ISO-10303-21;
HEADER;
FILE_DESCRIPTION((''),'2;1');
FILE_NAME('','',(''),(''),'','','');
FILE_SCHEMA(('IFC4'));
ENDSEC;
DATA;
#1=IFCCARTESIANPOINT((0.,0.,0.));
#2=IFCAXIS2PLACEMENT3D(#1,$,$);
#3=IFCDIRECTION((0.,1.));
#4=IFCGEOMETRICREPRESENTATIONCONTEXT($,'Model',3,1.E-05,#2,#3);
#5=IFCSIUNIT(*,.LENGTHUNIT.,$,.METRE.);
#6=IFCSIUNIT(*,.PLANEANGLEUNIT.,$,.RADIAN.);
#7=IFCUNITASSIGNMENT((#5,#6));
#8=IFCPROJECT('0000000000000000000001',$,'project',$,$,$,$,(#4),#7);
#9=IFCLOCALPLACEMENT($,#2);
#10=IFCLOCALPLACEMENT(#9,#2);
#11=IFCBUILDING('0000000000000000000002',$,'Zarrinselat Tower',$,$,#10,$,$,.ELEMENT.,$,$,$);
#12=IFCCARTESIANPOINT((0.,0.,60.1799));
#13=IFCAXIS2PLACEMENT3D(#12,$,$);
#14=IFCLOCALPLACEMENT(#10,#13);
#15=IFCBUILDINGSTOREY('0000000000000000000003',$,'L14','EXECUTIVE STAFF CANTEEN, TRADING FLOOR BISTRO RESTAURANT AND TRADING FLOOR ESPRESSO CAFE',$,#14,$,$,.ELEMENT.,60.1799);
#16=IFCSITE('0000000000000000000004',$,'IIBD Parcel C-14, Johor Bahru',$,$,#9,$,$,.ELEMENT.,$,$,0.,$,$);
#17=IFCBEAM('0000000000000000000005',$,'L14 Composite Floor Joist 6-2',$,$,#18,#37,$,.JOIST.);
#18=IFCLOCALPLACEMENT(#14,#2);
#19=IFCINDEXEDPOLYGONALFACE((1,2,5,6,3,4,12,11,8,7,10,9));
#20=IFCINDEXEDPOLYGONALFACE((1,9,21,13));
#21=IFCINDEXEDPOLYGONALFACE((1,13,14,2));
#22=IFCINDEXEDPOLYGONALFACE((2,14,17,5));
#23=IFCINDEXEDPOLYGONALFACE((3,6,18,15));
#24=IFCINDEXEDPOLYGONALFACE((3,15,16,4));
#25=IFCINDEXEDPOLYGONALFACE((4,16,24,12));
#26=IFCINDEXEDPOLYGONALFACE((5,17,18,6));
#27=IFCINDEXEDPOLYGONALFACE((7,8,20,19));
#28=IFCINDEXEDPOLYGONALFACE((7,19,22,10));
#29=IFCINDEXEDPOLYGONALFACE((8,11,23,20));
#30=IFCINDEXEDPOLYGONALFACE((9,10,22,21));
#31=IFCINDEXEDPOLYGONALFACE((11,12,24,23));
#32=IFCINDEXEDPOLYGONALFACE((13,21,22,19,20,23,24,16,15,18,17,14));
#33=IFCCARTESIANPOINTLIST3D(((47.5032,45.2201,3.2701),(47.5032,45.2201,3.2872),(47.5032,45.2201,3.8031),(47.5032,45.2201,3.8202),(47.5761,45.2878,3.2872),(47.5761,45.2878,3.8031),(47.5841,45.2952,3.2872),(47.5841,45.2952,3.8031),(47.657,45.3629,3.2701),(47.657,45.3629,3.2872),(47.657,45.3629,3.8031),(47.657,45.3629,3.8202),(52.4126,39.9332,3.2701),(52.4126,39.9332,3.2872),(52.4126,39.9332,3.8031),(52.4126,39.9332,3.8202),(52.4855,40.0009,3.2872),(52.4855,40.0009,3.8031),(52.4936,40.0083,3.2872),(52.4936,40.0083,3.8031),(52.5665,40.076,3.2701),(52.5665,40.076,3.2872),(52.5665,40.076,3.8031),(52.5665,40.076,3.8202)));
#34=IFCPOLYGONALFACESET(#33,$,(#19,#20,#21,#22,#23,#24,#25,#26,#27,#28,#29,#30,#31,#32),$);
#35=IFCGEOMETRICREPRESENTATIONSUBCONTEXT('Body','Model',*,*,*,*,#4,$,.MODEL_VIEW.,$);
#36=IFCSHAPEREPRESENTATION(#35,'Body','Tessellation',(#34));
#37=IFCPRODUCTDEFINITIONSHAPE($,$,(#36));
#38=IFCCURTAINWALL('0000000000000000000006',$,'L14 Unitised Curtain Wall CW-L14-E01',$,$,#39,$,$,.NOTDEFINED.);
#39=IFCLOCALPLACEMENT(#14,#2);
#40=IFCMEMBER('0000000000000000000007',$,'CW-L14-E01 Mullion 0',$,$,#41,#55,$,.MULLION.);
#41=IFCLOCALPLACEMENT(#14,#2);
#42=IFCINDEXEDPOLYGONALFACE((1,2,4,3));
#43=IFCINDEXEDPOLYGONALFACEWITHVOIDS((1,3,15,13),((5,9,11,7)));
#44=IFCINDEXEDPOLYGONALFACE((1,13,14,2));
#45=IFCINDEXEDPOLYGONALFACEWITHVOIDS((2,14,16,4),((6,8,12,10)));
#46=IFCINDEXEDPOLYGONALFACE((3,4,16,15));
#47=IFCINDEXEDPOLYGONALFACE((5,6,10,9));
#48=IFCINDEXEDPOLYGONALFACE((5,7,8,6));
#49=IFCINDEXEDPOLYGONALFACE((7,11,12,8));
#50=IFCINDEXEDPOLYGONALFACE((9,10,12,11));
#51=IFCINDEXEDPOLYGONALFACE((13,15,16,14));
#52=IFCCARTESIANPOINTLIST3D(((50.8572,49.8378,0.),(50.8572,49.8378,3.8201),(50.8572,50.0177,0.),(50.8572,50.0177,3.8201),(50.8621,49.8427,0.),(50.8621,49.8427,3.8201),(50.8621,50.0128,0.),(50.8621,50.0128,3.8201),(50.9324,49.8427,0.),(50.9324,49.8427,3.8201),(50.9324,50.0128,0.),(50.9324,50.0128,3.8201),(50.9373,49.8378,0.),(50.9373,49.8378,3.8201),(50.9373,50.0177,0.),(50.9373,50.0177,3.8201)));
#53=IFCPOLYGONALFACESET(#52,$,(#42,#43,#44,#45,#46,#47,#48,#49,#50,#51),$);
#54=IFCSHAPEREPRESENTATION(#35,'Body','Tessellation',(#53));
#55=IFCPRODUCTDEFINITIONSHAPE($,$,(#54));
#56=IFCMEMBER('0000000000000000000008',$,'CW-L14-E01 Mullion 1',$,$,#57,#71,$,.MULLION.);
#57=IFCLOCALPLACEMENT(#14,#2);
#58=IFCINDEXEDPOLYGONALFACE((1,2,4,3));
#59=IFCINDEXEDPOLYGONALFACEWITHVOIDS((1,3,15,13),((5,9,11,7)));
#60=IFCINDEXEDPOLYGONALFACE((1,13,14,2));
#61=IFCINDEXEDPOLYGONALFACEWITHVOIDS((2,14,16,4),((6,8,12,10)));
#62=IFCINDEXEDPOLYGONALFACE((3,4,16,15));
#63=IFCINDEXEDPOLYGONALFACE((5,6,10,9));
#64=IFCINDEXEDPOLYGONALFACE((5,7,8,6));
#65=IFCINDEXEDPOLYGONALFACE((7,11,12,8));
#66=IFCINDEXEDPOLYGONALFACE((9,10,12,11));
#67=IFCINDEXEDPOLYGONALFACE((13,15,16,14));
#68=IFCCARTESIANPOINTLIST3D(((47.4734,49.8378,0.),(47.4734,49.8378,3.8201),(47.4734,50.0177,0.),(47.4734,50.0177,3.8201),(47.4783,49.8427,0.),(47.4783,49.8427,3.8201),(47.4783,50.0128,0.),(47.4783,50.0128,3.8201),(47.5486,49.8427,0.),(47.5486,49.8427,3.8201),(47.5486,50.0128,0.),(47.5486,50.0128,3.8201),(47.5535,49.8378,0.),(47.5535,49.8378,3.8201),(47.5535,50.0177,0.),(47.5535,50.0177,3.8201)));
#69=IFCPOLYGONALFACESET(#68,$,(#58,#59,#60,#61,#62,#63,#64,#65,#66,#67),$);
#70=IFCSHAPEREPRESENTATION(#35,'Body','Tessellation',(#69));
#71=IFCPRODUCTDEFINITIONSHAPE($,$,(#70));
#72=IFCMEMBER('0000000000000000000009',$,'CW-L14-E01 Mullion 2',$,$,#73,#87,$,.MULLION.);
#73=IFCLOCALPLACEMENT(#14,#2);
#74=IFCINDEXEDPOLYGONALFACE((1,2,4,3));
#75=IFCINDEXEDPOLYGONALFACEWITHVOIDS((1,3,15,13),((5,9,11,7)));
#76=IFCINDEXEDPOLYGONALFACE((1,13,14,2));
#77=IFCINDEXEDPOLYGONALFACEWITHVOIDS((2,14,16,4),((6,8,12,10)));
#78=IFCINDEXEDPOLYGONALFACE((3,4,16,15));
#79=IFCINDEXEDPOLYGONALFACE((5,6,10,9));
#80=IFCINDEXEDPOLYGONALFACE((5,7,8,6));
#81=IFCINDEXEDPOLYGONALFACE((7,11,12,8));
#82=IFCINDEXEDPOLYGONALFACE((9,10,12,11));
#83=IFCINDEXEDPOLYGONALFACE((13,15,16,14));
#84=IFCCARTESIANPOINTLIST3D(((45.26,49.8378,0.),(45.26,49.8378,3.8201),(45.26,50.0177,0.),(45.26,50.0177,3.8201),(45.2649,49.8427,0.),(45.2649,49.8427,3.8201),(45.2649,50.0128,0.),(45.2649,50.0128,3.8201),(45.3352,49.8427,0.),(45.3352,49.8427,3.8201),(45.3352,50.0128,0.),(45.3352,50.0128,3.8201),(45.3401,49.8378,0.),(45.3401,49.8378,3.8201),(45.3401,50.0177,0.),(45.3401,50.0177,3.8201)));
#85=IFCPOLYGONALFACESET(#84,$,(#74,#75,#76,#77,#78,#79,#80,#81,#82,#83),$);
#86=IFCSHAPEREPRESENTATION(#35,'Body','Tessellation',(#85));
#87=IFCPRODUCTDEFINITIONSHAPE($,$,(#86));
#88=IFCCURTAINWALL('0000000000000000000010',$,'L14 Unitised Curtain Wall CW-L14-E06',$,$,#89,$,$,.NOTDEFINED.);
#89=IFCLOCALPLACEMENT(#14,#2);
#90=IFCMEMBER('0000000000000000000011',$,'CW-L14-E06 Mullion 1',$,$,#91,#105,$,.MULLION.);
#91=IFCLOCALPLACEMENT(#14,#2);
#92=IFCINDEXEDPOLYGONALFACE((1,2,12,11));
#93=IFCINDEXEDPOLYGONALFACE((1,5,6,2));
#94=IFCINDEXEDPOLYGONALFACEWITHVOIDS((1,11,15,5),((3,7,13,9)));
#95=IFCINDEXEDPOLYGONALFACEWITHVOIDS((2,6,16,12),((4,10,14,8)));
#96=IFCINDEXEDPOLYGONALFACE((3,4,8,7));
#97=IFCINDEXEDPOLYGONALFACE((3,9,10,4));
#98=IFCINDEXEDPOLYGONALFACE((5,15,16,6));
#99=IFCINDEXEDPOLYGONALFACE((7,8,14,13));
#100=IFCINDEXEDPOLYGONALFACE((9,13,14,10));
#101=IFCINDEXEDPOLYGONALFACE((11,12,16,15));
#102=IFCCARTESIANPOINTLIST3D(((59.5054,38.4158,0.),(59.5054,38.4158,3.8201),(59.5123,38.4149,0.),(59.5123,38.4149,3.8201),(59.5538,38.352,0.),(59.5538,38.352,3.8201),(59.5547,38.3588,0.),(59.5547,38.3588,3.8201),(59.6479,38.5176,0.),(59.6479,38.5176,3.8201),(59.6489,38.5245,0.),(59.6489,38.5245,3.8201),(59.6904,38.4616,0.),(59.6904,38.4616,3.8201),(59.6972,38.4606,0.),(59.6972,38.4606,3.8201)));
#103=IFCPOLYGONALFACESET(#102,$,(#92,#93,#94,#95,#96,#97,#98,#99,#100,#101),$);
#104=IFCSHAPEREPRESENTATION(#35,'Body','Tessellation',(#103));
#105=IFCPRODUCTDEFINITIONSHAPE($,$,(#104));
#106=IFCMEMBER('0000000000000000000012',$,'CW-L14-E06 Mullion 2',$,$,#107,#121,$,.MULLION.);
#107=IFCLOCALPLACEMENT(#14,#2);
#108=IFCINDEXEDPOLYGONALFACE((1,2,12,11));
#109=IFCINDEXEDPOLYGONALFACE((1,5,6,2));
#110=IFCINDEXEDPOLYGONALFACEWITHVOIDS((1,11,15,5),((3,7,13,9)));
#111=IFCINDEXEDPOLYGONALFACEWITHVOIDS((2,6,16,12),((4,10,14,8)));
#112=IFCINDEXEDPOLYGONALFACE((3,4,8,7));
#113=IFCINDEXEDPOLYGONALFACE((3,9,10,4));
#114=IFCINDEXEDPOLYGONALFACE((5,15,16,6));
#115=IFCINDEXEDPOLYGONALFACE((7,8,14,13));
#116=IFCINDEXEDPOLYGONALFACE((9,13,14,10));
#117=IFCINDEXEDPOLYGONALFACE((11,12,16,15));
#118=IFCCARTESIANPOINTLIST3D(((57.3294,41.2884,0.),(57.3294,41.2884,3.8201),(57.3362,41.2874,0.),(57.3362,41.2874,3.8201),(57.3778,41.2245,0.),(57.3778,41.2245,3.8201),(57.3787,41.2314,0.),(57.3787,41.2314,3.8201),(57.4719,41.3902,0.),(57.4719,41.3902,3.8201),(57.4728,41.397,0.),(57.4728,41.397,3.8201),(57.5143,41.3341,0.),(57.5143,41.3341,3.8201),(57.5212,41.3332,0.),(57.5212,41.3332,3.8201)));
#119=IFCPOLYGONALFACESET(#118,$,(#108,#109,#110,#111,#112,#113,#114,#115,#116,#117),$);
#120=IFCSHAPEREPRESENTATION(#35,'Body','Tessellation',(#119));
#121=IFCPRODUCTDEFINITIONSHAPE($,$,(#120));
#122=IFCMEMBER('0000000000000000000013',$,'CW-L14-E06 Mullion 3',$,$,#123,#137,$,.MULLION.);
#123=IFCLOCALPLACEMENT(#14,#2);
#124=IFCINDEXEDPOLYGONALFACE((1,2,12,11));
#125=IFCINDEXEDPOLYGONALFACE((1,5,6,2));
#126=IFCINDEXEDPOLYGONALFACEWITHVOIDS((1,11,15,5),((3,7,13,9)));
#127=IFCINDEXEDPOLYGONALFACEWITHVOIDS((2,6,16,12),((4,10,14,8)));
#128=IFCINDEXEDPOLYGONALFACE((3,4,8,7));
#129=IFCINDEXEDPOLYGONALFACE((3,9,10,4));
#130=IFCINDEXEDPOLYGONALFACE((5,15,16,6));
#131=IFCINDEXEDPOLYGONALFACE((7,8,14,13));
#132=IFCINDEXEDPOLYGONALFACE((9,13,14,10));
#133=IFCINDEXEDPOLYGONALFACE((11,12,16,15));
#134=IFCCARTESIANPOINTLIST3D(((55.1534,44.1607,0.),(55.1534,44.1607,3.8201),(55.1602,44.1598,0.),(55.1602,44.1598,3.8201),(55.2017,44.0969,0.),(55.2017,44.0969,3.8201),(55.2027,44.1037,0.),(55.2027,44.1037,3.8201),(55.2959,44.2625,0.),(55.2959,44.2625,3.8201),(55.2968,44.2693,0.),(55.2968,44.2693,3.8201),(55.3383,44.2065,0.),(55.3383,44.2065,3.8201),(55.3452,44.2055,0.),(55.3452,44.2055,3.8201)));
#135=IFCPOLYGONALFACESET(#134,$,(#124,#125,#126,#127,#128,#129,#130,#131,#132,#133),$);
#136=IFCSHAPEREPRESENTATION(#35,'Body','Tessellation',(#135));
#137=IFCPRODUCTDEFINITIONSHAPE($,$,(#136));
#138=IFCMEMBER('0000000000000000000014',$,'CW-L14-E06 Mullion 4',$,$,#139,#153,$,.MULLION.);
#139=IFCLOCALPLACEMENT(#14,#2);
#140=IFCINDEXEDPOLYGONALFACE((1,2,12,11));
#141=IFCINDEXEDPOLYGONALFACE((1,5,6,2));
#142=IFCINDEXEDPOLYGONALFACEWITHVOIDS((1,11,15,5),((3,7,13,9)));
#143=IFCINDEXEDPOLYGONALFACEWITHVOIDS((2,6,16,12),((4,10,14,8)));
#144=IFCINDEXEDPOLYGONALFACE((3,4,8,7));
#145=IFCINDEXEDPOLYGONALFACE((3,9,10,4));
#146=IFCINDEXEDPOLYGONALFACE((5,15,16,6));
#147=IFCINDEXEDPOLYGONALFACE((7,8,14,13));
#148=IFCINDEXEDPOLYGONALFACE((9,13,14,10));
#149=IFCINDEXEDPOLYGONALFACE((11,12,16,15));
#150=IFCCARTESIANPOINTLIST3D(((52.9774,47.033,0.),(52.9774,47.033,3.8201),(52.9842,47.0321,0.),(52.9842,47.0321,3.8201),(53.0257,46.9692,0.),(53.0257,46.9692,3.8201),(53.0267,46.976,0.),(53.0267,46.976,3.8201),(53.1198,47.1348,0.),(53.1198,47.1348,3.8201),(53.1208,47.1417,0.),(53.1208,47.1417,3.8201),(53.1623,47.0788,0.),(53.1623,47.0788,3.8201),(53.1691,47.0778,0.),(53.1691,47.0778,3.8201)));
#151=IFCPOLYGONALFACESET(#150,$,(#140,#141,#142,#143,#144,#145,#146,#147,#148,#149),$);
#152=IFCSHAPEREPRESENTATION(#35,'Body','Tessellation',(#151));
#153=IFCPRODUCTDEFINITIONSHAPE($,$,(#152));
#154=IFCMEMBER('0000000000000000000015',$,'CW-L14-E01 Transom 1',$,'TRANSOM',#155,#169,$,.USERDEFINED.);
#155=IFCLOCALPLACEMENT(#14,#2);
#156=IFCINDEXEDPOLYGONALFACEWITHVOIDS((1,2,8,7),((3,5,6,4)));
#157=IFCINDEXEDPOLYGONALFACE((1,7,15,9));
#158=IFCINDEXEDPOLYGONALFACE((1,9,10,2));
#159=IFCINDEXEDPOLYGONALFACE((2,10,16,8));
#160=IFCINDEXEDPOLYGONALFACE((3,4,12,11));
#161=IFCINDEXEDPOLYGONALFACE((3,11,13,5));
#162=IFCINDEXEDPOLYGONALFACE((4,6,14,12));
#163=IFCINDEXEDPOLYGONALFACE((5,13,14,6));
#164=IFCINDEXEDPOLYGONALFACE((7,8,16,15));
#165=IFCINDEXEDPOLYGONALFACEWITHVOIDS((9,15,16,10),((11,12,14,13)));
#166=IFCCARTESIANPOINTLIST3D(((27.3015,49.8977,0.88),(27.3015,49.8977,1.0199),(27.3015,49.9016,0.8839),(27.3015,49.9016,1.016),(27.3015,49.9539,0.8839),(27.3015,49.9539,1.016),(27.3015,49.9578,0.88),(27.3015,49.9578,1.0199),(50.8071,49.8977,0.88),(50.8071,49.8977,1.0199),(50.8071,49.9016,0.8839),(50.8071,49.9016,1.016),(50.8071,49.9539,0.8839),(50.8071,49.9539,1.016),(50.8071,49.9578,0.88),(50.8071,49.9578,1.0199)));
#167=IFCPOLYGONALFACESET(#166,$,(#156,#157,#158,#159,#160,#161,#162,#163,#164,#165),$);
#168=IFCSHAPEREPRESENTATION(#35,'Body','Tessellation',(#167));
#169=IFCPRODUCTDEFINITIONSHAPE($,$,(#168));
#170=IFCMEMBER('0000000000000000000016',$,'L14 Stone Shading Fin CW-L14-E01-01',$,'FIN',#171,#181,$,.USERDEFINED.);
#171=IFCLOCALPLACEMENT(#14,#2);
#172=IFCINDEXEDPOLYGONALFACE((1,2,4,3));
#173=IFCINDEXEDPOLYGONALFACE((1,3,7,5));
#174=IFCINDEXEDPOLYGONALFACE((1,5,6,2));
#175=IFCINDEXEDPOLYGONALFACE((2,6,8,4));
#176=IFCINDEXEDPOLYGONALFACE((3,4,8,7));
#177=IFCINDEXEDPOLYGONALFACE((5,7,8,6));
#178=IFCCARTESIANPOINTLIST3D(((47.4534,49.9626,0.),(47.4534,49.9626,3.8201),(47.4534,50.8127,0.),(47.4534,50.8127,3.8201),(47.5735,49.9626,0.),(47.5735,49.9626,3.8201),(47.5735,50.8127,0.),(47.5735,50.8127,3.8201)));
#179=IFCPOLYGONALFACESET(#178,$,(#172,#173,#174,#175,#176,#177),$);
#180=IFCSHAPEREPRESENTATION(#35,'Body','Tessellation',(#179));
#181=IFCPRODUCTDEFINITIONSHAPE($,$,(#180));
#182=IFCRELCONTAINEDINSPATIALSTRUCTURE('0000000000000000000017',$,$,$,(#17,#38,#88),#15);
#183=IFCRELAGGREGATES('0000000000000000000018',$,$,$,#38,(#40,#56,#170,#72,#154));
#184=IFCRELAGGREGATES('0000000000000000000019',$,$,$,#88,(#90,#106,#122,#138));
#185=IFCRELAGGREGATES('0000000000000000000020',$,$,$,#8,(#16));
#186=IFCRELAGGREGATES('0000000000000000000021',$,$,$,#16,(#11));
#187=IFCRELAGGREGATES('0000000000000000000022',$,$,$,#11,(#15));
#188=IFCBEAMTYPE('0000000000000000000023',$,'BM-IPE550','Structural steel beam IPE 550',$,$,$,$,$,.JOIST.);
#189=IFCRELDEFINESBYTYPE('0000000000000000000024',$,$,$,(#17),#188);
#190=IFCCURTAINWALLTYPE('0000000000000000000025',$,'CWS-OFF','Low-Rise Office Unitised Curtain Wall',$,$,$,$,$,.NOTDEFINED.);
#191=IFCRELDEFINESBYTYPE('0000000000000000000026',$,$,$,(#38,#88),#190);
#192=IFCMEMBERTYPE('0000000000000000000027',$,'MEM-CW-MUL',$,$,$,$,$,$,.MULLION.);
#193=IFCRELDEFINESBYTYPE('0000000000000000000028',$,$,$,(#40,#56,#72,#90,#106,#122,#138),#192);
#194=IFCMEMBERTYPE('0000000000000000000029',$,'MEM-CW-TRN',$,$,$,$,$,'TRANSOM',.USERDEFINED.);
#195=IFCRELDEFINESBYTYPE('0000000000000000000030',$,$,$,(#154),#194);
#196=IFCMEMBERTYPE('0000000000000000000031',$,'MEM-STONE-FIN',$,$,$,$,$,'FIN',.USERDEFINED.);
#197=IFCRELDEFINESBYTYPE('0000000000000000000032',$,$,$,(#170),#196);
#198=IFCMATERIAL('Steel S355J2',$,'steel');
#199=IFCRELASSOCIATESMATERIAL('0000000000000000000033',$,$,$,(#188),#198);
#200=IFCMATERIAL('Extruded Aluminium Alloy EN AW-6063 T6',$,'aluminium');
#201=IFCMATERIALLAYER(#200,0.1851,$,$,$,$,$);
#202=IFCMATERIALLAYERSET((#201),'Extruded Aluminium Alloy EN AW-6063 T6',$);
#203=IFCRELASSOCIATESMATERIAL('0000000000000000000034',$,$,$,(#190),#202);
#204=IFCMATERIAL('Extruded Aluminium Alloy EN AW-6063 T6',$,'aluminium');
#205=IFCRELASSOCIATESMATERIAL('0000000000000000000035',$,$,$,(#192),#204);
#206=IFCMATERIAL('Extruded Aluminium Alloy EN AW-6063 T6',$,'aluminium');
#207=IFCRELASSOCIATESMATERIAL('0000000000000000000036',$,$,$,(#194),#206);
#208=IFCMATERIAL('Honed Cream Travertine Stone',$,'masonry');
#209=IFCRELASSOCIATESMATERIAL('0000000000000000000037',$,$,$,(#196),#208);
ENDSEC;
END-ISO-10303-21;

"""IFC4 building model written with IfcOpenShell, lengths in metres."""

from ifc_helpers import new_model, si_unit, direction, frame, origin, origin_2d, place, context, subcontext, project, spatial, rectangle, hollow_rectangle, i_section, extrude, material, layer, layer_set, material_profile, profile_set, type_object, element, aggregate, save


model = new_model("IFC4")

# Units and contexts
model_context = context("Model", 3, precision=1e-05, world=origin(), true_north=direction((0.0, 1.0)))
body_context = subcontext(model_context, "Body", "Model", "MODEL_VIEW")
ifc_project = project(units=[si_unit("LENGTHUNIT", "METRE"), si_unit("PLANEANGLEUNIT", "RADIAN")], contexts=[model_context])

# Site, building, storey
site_placement = place(None, origin())
site = spatial("IfcSite", under=ifc_project, at=site_placement, Name="IIBD Parcel C-14, Johor Bahru", CompositionType="ELEMENT", RefElevation=0.0)
building_placement = place(site_placement, origin())
building = spatial("IfcBuilding", under=site, at=building_placement, Name="Zarrinselat Tower", CompositionType="ELEMENT")
storey_placement = place(building_placement, frame((0.0, 0.0, 60.1799)))
storey = spatial("IfcBuildingStorey", under=building, at=storey_placement, Name="L14", Description="EXECUTIVE STAFF CANTEEN, TRADING FLOOR BISTRO RESTAURANT AND TRADING FLOOR ESPRESSO CAFE", CompositionType="ELEMENT", Elevation=60.1799)

# Beam
ifc_material_1 = material(Name="Steel S355J2", Category="steel")
ifc_material_profile_1 = material_profile(ifc_material_1, i_section(OverallWidth=0.21, OverallDepth=0.55, WebThickness=0.011, FlangeThickness=0.0171, at=origin_2d()), Name="IPE 550")
ifc_profile_set_1 = profile_set([ifc_material_profile_1], Name="Steel S355J2")
beam_type_1 = type_object("IfcBeamType", Name="BM-IPE550", Description="Structural steel beam IPE 550", PredefinedType="JOIST", material=ifc_profile_set_1)
beam_1_placement = place(storey_placement, frame((47.5801, 45.2915, 3.5452), z_axis=(0.680465, -0.73278, 0.0), x_axis=(0.73278, 0.680465, 0.0)))
element("IfcBeam", 1, at=beam_1_placement, inside=storey, type_object=beam_type_1, Name="L14 Composite Floor Joist 6-2", PredefinedType="JOIST", context=body_context, shape_type="SweptSolid", body=[
    extrude(i_section(OverallWidth=0.21, OverallDepth=0.55, WebThickness=0.011, FlangeThickness=0.0171, at=origin_2d()), origin(), (0.0, 0.0, 1.0), 7.2148),
])

# Curtain walls, members
ifc_material_2 = material(Name="Extruded Aluminium Alloy EN AW-6063 T6", Category="aluminium")
ifc_layer_1 = layer(ifc_material_2, 0.1851)
ifc_layer_set_1 = layer_set([ifc_layer_1], Name="Extruded Aluminium Alloy EN AW-6063 T6")
curtain_wall_type = type_object("IfcCurtainWallType", Name="CWS-OFF", Description="Low-Rise Office Unitised Curtain Wall", PredefinedType="NOTDEFINED", material=ifc_layer_set_1)
curtain_wall_1_placement = place(storey_placement, origin())
curtain_wall_1 = element("IfcCurtainWall", 2, at=curtain_wall_1_placement, inside=storey, type_object=curtain_wall_type, Name="L14 Unitised Curtain Wall CW-L14-E01", PredefinedType="NOTDEFINED")
ifc_material_3 = material(Name="Extruded Aluminium Alloy EN AW-6063 T6", Category="aluminium")
ifc_material_profile_2 = material_profile(ifc_material_3, hollow_rectangle(XDim=0.0801, YDim=0.1799, WallThickness=0.0049, at=origin_2d()), Name="RHS 180x80x5")
ifc_profile_set_2 = profile_set([ifc_material_profile_2], Name="Extruded Aluminium Alloy EN AW-6063 T6")
member_type_1 = type_object("IfcMemberType", Name="MEM-CW-MUL", PredefinedType="MULLION", material=ifc_profile_set_2)
member_1_placement = place(storey_placement, frame((50.8972, 49.9277, 0.0), z_axis=(0.0, 0.0, 1.0), x_axis=(-1.0, 0.0, 0.0)))
member_1 = element("IfcMember", 3, at=member_1_placement, type_object=member_type_1, Name="CW-L14-E01 Mullion 0", PredefinedType="MULLION", context=body_context, shape_type="SweptSolid", body=[
    extrude(hollow_rectangle(XDim=0.0801, YDim=0.1799, WallThickness=0.0049, at=origin_2d()), origin(), (0.0, 0.0, 1.0), 3.8201),
])
member_2_placement = place(storey_placement, frame((47.5134, 49.9277, 0.0), z_axis=(0.0, 0.0, 1.0), x_axis=(-1.0, 0.0, 0.0)))
member_2 = element("IfcMember", 4, at=member_2_placement, type_object=member_type_1, Name="CW-L14-E01 Mullion 1", PredefinedType="MULLION", context=body_context, shape_type="SweptSolid", body=[
    extrude(hollow_rectangle(XDim=0.0801, YDim=0.1799, WallThickness=0.0049, at=origin_2d()), origin(), (0.0, 0.0, 1.0), 3.8201),
])
member_3_placement = place(storey_placement, frame((45.3, 49.9277, 0.0), z_axis=(0.0, 0.0, 1.0), x_axis=(-1.0, 0.0, 0.0)))
member_3 = element("IfcMember", 5, at=member_3_placement, type_object=member_type_1, Name="CW-L14-E01 Mullion 2", PredefinedType="MULLION", context=body_context, shape_type="SweptSolid", body=[
    extrude(hollow_rectangle(XDim=0.0801, YDim=0.1799, WallThickness=0.0049, at=origin_2d()), origin(), (0.0, 0.0, 1.0), 3.8201),
])
curtain_wall_2_placement = place(storey_placement, origin())
curtain_wall_2 = element("IfcCurtainWall", 6, at=curtain_wall_2_placement, inside=storey, type_object=curtain_wall_type, Name="L14 Unitised Curtain Wall CW-L14-E06", PredefinedType="NOTDEFINED")
member_4_placement = place(storey_placement, frame((59.6013, 38.4382, 0.0), z_axis=(0.0, 0.0, 1.0), x_axis=(-0.603857, 0.797093, 0.0)))
member_4 = element("IfcMember", 7, at=member_4_placement, type_object=member_type_1, Name="CW-L14-E06 Mullion 1", PredefinedType="MULLION", context=body_context, shape_type="SweptSolid", body=[
    extrude(hollow_rectangle(XDim=0.0801, YDim=0.1799, WallThickness=0.0049, at=origin_2d()), origin(), (0.0, 0.0, 1.0), 3.8201),
])
member_5_placement = place(storey_placement, frame((57.4253, 41.3108, 0.0), z_axis=(0.0, 0.0, 1.0), x_axis=(-0.603857, 0.797093, 0.0)))
member_5 = element("IfcMember", 8, at=member_5_placement, type_object=member_type_1, Name="CW-L14-E06 Mullion 2", PredefinedType="MULLION", context=body_context, shape_type="SweptSolid", body=[
    extrude(hollow_rectangle(XDim=0.0801, YDim=0.1799, WallThickness=0.0049, at=origin_2d()), origin(), (0.0, 0.0, 1.0), 3.8201),
])
member_6_placement = place(storey_placement, frame((55.2493, 44.1831, 0.0), z_axis=(0.0, 0.0, 1.0), x_axis=(-0.603857, 0.797093, 0.0)))
member_6 = element("IfcMember", 9, at=member_6_placement, type_object=member_type_1, Name="CW-L14-E06 Mullion 3", PredefinedType="MULLION", context=body_context, shape_type="SweptSolid", body=[
    extrude(hollow_rectangle(XDim=0.0801, YDim=0.1799, WallThickness=0.0049, at=origin_2d()), origin(), (0.0, 0.0, 1.0), 3.8201),
])
member_7_placement = place(storey_placement, frame((53.0732, 47.0554, 0.0), z_axis=(0.0, 0.0, 1.0), x_axis=(-0.603857, 0.797093, 0.0)))
member_7 = element("IfcMember", 10, at=member_7_placement, type_object=member_type_1, Name="CW-L14-E06 Mullion 4", PredefinedType="MULLION", context=body_context, shape_type="SweptSolid", body=[
    extrude(hollow_rectangle(XDim=0.0801, YDim=0.1799, WallThickness=0.0049, at=origin_2d()), origin(), (0.0, 0.0, 1.0), 3.8201),
])

# Members
ifc_material_4 = material(Name="Extruded Aluminium Alloy EN AW-6063 T6", Category="aluminium")
ifc_material_profile_3 = material_profile(ifc_material_4, hollow_rectangle(XDim=0.0601, YDim=0.1399, WallThickness=0.0039, at=origin_2d()), Name="RHS 140x60x4")
ifc_profile_set_3 = profile_set([ifc_material_profile_3], Name="Extruded Aluminium Alloy EN AW-6063 T6")
member_type_2 = type_object("IfcMemberType", Name="MEM-CW-TRN", ElementType="TRANSOM", PredefinedType="USERDEFINED", material=ifc_profile_set_3)
member_8_placement = place(storey_placement, frame((50.8071, 49.9277, 0.95), z_axis=(-1.0, 0.0, 0.0), x_axis=(0.0, -1.0, 0.0)))
member_8 = element("IfcMember", 11, at=member_8_placement, type_object=member_type_2, Name="CW-L14-E01 Transom 1", ObjectType="TRANSOM", PredefinedType="USERDEFINED", context=body_context, shape_type="SweptSolid", body=[
    extrude(hollow_rectangle(XDim=0.0601, YDim=0.1399, WallThickness=0.0039, at=origin_2d()), origin(), (0.0, 0.0, 1.0), 23.5056),
])
ifc_material_5 = material(Name="Honed Cream Travertine Stone", Category="masonry")
ifc_material_profile_4 = material_profile(ifc_material_5, rectangle(XDim=0.1201, YDim=0.8501, at=origin_2d()), Name="FIN 850x120")
ifc_profile_set_4 = profile_set([ifc_material_profile_4], Name="Honed Cream Travertine Stone")
member_type_3 = type_object("IfcMemberType", Name="MEM-STONE-FIN", ElementType="FIN", PredefinedType="USERDEFINED", material=ifc_profile_set_4)
member_9_placement = place(storey_placement, frame((47.5134, 50.3877, 0.0), z_axis=(0.0, 0.0, 1.0), x_axis=(1.0, 0.0, 0.0)))
member_9 = element("IfcMember", 12, at=member_9_placement, type_object=member_type_3, Name="L14 Stone Shading Fin CW-L14-E01-01", ObjectType="FIN", PredefinedType="USERDEFINED", context=body_context, shape_type="SweptSolid", body=[
    extrude(rectangle(XDim=0.1201, YDim=0.8501, at=origin_2d()), origin(), (0.0, 0.0, 1.0), 3.8201),
])

aggregate(curtain_wall_1, [member_1, member_2, member_9, member_3, member_8])
aggregate(curtain_wall_2, [member_4, member_5, member_6, member_7])

save(model, "model.ifc")
